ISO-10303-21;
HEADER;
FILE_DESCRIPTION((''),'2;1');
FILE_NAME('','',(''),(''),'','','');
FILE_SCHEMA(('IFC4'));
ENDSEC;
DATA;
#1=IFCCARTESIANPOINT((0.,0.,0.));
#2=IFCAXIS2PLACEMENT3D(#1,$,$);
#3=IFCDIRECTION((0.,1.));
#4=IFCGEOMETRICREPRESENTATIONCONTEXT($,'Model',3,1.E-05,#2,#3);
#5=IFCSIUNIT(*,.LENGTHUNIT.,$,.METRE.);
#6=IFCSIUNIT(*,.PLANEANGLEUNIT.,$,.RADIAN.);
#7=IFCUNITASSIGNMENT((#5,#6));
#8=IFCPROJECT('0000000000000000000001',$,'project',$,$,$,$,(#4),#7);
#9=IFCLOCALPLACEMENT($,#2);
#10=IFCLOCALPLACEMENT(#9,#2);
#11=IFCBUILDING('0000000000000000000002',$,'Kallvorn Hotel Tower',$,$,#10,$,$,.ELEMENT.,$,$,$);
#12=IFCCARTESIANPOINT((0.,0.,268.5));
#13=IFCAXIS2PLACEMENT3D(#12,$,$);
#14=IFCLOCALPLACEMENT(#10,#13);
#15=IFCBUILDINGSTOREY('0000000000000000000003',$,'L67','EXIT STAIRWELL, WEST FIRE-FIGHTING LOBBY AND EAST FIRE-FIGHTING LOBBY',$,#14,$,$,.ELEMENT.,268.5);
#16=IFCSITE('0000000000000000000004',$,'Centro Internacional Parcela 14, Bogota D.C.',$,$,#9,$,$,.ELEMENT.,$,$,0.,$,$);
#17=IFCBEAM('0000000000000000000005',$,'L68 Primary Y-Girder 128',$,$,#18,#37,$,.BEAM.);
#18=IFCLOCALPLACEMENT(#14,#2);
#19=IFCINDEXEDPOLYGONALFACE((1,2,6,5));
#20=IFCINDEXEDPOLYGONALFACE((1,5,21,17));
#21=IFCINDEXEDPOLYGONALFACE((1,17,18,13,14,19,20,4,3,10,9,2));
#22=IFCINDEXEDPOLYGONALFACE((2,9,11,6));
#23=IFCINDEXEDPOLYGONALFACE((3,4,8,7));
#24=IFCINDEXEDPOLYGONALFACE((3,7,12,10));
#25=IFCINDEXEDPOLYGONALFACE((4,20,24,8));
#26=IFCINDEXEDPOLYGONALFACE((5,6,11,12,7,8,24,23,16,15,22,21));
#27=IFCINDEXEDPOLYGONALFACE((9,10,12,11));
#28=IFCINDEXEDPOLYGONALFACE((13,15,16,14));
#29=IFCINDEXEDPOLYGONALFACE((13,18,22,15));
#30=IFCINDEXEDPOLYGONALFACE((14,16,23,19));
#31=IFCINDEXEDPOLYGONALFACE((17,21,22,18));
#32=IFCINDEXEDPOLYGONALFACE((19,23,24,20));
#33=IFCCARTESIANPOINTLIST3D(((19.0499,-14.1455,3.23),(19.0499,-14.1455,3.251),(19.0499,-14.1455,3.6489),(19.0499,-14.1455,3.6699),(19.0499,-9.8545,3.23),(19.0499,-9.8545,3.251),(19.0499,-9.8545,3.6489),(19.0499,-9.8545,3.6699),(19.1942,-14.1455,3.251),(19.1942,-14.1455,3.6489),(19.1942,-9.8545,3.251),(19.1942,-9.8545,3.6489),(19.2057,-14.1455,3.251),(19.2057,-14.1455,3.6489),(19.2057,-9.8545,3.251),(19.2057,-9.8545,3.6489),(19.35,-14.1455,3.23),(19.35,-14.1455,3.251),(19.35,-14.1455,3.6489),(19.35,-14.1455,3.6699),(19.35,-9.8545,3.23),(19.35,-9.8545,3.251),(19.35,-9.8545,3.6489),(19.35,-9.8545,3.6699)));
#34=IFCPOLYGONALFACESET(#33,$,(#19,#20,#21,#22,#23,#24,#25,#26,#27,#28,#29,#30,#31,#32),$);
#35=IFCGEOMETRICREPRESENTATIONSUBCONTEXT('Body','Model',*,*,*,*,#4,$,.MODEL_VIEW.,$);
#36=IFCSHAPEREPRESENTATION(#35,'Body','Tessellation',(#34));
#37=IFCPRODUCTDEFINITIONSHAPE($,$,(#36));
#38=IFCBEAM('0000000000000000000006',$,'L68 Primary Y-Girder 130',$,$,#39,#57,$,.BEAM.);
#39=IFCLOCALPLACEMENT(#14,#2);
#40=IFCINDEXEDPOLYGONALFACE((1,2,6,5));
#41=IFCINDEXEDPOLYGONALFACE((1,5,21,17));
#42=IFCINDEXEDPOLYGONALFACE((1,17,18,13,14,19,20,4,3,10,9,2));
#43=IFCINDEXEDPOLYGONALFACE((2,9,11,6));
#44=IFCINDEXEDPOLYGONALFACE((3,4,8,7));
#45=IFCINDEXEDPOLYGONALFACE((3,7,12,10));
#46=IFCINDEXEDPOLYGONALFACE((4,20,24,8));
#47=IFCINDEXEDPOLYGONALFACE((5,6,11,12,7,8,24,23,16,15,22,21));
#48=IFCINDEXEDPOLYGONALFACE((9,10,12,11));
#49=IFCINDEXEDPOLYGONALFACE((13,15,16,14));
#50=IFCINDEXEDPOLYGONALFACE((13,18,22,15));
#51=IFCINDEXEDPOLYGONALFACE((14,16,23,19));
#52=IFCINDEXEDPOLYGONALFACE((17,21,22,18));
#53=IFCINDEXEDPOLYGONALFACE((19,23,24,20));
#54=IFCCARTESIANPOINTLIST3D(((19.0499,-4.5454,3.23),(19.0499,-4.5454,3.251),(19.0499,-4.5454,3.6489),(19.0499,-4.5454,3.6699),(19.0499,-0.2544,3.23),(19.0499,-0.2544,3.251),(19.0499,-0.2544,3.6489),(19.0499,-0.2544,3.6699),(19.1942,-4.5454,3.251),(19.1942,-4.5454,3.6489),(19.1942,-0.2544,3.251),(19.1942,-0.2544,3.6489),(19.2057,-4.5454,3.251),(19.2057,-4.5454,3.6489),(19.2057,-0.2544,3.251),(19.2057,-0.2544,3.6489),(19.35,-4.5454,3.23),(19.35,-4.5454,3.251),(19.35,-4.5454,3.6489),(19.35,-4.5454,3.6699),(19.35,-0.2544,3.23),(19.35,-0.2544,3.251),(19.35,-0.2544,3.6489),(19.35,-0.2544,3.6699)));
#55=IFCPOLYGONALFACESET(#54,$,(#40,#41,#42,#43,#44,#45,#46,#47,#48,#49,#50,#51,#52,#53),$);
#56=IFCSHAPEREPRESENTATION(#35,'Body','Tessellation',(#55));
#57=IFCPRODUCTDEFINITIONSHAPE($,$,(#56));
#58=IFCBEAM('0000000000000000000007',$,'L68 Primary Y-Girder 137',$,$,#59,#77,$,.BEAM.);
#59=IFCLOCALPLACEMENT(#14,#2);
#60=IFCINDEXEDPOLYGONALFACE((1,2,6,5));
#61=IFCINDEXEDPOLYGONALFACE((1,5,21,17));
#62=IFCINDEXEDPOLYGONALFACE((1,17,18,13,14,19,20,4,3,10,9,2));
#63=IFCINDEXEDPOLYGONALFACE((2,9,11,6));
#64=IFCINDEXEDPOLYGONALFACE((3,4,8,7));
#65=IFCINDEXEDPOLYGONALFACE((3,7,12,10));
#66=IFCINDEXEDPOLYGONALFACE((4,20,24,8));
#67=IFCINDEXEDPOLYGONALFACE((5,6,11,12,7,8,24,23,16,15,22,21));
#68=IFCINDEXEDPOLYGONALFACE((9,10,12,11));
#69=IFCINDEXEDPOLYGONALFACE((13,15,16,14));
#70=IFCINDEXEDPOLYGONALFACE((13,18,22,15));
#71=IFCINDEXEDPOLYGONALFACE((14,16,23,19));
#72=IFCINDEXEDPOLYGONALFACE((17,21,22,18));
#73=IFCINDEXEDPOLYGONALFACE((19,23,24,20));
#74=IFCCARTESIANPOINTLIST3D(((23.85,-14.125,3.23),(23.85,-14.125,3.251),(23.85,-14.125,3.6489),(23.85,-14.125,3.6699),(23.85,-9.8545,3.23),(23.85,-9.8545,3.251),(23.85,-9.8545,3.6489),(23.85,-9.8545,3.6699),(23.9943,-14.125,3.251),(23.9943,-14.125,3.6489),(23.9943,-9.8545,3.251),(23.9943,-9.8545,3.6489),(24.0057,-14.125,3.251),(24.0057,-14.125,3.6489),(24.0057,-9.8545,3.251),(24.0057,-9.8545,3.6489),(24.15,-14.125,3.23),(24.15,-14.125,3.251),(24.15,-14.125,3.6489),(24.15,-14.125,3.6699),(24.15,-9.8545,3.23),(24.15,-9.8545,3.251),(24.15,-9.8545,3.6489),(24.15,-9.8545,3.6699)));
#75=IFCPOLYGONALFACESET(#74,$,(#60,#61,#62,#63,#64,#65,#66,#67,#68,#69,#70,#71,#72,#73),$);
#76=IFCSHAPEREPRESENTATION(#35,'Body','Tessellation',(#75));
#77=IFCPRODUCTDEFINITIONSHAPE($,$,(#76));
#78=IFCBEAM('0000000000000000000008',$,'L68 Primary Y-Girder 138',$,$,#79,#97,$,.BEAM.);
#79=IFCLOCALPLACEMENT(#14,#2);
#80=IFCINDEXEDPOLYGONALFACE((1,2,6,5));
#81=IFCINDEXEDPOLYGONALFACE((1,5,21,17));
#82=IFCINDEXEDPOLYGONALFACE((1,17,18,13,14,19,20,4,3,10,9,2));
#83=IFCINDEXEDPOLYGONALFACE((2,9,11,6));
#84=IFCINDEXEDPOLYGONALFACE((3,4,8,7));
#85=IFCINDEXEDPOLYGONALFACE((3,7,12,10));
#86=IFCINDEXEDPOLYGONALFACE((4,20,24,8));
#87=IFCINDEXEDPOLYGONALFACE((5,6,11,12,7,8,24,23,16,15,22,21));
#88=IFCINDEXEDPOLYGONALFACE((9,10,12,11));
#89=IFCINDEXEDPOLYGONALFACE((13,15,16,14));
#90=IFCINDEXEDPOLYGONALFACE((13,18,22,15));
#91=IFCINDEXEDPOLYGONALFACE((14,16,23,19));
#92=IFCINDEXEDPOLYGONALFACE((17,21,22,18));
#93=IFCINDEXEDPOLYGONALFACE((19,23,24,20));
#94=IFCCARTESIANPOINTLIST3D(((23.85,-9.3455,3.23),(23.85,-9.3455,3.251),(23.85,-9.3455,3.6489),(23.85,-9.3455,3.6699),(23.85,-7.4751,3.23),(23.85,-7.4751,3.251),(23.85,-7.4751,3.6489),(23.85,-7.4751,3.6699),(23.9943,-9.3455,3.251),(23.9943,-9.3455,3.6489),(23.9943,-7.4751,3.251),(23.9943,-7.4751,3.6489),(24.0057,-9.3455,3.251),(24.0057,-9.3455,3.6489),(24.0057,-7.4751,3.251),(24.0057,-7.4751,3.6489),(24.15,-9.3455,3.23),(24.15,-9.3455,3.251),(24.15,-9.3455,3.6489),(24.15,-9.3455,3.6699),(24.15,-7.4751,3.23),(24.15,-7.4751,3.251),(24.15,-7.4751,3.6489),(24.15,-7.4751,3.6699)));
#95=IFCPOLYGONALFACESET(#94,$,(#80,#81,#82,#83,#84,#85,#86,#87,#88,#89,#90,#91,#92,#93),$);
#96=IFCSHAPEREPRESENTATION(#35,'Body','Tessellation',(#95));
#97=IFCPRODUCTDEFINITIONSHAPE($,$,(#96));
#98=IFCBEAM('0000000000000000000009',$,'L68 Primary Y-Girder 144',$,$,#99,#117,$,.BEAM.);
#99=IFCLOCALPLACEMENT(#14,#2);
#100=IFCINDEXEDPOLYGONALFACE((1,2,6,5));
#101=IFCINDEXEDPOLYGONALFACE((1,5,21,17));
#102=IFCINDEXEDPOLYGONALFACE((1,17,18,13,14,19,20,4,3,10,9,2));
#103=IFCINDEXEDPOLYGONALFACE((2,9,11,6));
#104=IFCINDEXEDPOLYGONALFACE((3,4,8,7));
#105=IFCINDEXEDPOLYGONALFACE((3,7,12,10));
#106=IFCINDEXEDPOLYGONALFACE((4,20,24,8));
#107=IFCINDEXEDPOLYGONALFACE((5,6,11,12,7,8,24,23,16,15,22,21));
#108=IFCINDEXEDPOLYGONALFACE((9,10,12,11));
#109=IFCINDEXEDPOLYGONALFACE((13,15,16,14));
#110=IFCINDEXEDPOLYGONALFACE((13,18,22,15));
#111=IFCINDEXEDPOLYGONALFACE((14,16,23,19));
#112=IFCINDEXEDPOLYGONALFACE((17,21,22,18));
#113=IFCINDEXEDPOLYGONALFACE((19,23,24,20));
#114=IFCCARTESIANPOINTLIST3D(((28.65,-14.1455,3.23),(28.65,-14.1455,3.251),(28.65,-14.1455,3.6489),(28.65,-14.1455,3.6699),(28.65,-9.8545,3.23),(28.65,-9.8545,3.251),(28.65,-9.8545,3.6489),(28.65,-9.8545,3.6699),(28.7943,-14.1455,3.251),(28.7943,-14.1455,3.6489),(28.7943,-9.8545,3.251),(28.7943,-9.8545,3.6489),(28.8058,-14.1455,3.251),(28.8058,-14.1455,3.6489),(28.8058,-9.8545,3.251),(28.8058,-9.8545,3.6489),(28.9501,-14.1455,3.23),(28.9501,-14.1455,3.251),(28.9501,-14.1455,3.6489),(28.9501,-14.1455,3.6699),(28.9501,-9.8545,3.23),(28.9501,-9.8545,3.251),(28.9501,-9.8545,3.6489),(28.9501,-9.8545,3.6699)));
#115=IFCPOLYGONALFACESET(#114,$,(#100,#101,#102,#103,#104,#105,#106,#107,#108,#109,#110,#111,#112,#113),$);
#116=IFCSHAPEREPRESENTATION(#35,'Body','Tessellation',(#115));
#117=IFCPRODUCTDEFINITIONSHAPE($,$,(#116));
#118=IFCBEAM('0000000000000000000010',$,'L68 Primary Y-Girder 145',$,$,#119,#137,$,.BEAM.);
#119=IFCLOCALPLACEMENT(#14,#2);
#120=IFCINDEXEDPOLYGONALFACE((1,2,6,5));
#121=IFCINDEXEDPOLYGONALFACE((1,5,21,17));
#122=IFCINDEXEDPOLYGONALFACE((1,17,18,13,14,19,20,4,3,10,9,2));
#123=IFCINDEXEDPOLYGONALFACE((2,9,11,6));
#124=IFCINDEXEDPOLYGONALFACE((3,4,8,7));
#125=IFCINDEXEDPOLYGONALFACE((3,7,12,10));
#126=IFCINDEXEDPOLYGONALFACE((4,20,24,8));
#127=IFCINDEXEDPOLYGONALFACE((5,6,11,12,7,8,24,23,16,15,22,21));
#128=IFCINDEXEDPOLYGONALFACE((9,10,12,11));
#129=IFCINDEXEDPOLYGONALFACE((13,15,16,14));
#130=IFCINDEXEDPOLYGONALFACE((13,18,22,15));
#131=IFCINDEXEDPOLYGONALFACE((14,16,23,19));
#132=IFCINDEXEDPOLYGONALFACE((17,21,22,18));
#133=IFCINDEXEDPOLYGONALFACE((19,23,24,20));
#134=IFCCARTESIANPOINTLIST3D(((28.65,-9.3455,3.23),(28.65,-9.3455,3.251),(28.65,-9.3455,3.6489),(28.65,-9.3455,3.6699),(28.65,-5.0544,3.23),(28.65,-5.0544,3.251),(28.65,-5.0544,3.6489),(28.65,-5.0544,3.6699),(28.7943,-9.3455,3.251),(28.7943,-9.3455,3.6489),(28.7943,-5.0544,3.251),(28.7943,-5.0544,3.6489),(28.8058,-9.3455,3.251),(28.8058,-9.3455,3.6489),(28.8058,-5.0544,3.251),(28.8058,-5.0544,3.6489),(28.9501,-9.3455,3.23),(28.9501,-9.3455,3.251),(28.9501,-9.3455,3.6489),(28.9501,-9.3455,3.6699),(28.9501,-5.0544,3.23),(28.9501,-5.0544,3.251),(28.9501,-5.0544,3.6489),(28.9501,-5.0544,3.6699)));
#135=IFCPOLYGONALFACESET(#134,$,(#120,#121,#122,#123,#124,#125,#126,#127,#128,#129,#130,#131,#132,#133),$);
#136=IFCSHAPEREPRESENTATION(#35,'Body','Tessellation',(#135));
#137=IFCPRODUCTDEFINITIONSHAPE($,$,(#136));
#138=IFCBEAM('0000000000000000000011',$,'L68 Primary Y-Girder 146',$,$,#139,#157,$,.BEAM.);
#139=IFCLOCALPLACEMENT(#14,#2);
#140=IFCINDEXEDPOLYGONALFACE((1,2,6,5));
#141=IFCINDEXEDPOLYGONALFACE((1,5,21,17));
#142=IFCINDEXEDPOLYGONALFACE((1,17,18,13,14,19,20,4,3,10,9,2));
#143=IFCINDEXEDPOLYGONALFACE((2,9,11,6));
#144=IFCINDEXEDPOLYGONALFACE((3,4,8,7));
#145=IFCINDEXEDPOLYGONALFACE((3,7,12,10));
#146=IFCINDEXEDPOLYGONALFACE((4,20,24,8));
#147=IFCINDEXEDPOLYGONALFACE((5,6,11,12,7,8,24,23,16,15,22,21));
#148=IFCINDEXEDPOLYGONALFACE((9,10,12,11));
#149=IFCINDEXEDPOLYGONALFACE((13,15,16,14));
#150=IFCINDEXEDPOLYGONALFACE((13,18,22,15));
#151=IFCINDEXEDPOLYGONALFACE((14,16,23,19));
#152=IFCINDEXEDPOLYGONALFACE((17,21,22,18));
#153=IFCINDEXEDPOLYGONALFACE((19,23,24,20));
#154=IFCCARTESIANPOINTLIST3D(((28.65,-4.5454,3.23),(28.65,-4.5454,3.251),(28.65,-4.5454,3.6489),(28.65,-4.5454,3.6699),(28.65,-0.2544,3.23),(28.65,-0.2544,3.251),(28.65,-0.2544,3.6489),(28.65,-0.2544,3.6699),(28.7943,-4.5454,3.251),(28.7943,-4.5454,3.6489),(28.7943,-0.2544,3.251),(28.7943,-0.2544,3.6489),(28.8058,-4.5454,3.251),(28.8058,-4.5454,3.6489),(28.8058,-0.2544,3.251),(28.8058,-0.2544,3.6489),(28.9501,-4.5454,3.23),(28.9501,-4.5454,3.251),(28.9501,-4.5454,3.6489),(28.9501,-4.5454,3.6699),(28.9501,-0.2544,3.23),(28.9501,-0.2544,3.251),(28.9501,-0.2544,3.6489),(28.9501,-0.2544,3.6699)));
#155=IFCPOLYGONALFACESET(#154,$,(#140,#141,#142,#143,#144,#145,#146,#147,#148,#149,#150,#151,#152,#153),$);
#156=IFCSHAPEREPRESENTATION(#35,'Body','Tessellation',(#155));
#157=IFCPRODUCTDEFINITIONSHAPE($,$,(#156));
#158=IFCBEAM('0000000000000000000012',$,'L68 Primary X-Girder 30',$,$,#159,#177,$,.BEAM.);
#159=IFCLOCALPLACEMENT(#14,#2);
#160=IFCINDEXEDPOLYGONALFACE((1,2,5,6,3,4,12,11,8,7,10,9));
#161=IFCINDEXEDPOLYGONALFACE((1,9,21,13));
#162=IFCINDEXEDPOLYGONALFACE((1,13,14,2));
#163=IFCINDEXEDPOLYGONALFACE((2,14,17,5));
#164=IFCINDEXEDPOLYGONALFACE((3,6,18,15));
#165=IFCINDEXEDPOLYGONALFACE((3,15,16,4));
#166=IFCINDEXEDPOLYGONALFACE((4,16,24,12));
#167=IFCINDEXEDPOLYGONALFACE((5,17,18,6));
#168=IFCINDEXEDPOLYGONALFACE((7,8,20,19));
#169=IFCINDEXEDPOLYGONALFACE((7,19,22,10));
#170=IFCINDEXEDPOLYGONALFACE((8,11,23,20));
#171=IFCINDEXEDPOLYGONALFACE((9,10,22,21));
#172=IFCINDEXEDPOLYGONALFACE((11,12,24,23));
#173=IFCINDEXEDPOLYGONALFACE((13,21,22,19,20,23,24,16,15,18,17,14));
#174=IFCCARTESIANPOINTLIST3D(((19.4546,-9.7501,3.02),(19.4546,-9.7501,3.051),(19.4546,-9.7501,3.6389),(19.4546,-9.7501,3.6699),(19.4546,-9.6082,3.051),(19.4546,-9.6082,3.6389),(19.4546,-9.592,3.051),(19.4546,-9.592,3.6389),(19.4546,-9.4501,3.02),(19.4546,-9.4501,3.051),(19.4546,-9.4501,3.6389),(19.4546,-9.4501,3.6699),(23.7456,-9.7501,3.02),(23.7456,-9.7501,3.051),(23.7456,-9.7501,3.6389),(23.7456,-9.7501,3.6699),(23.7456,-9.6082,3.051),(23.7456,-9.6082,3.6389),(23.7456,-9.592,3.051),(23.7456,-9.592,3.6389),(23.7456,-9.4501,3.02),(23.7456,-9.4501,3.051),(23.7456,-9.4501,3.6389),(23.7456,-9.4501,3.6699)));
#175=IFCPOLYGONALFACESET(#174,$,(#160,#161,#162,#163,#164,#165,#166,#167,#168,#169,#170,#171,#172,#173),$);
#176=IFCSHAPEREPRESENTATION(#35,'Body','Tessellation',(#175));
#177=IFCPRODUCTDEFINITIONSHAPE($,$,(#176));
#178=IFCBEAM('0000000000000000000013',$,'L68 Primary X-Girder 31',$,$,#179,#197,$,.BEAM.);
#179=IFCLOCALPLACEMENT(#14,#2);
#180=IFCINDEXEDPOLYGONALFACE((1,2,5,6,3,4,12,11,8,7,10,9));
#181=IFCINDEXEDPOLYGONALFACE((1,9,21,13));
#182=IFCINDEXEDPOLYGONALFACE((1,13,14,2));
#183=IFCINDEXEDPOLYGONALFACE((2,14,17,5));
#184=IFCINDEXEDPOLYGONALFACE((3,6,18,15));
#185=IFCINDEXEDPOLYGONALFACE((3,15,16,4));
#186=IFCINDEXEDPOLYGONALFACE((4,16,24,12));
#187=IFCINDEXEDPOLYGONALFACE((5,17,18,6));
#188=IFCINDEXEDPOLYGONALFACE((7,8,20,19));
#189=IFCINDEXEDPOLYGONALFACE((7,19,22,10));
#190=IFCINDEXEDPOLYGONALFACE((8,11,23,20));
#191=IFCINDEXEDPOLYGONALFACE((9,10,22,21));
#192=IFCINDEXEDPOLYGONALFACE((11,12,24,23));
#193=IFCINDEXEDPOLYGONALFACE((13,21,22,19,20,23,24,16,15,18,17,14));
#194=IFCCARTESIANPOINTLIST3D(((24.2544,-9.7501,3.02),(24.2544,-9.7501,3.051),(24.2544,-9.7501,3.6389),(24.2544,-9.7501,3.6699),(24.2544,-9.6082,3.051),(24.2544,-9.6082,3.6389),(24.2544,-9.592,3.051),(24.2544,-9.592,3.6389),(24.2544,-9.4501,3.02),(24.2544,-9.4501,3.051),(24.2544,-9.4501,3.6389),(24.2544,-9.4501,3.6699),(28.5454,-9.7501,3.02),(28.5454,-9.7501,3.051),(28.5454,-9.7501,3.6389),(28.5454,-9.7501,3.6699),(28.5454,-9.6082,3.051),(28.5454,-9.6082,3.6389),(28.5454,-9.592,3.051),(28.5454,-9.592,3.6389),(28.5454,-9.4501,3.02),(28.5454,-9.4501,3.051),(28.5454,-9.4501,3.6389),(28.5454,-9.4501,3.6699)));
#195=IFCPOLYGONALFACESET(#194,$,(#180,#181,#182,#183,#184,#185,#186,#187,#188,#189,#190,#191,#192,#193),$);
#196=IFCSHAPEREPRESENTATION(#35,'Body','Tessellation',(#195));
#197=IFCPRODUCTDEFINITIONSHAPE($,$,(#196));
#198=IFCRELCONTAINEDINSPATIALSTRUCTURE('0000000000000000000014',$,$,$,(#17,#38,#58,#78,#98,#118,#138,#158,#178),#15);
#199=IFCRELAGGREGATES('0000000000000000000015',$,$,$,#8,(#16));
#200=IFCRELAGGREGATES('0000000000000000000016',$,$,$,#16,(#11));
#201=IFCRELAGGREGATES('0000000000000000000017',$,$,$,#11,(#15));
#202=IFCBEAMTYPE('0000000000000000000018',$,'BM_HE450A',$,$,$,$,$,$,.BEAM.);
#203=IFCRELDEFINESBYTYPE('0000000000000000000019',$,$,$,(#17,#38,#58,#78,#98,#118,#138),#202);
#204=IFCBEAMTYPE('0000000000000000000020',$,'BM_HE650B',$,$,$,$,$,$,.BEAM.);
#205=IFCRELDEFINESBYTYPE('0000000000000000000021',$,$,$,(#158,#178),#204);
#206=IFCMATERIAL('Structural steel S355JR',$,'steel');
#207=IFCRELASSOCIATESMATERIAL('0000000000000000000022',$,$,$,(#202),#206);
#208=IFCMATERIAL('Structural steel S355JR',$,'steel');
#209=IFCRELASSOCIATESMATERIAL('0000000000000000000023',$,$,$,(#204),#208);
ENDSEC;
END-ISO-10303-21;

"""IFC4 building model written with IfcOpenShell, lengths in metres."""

from ifc_helpers import new_model, si_unit, direction, frame, origin, origin_2d, place, context, subcontext, project, spatial, i_section, extrude, material, material_profile, profile_set, type_object, element, save


model = new_model("IFC4")

# Units and contexts
model_context = context("Model", 3, precision=1e-05, world=origin(), true_north=direction((0.0, 1.0)))
body_context = subcontext(model_context, "Body", "Model", "MODEL_VIEW")
ifc_project = project(units=[si_unit("LENGTHUNIT", "METRE"), si_unit("PLANEANGLEUNIT", "RADIAN")], contexts=[model_context])

# Site, building, storey
site_placement = place(None, origin())
site = spatial("IfcSite", under=ifc_project, at=site_placement, Name="Centro Internacional Parcela 14, Bogota D.C.", CompositionType="ELEMENT", RefElevation=0.0)
building_placement = place(site_placement, origin())
building = spatial("IfcBuilding", under=site, at=building_placement, Name="Kallvorn Hotel Tower", CompositionType="ELEMENT")
storey_placement = place(building_placement, frame((0.0, 0.0, 268.5)))
storey = spatial("IfcBuildingStorey", under=building, at=storey_placement, Name="L67", Description="EXIT STAIRWELL, WEST FIRE-FIGHTING LOBBY AND EAST FIRE-FIGHTING LOBBY", CompositionType="ELEMENT", Elevation=268.5)

# Beams
ifc_material_1 = material(Name="Structural steel S355JR", Category="steel")
ifc_material_profile_1 = material_profile(ifc_material_1, i_section(OverallWidth=0.3, OverallDepth=0.4399, WebThickness=0.0115, FlangeThickness=0.021, at=origin_2d()), Name="HE 450 A")
ifc_profile_set_1 = profile_set([ifc_material_profile_1], Name="Structural steel S355JR")
beam_type_1 = type_object("IfcBeamType", Name="BM_HE450A", PredefinedType="BEAM", material=ifc_profile_set_1)
for number, where, z_axis, x_axis, name in (
    (1, (19.2, -14.1455, 3.45), (0.0, 1.0, 0.0), (-1.0, 0.0, 0.0), "L68 Primary Y-Girder 128"),
    (2, (19.2, -4.5454, 3.45), (0.0, 1.0, 0.0), (-1.0, 0.0, 0.0), "L68 Primary Y-Girder 130"),
):
    element("IfcBeam", number, at=place(storey_placement, frame(where, z_axis=z_axis, x_axis=x_axis)), inside=storey, type_object=beam_type_1, Name=name, PredefinedType="BEAM", context=body_context, shape_type="SweptSolid", body=[
        extrude(i_section(OverallWidth=0.3, OverallDepth=0.4399, WebThickness=0.0115, FlangeThickness=0.021, at=origin_2d()), origin(), (0.0, 0.0, 1.0), 4.291),
    ])
beam_1_placement = place(storey_placement, frame((24.0, -14.125, 3.45), z_axis=(0.0, 1.0, 0.0), x_axis=(-1.0, 0.0, 0.0)))
element("IfcBeam", 3, at=beam_1_placement, inside=storey, type_object=beam_type_1, Name="L68 Primary Y-Girder 137", PredefinedType="BEAM", context=body_context, shape_type="SweptSolid", body=[
    extrude(i_section(OverallWidth=0.3, OverallDepth=0.4399, WebThickness=0.0115, FlangeThickness=0.021, at=origin_2d()), origin(), (0.0, 0.0, 1.0), 4.2705),
])
beam_2_placement = place(storey_placement, frame((24.0, -9.3455, 3.45), z_axis=(0.0, 1.0, 0.0), x_axis=(-1.0, 0.0, 0.0)))
element("IfcBeam", 4, at=beam_2_placement, inside=storey, type_object=beam_type_1, Name="L68 Primary Y-Girder 138", PredefinedType="BEAM", context=body_context, shape_type="SweptSolid", body=[
    extrude(i_section(OverallWidth=0.3, OverallDepth=0.4399, WebThickness=0.0115, FlangeThickness=0.021, at=origin_2d()), origin(), (0.0, 0.0, 1.0), 1.8704),
])
for number, where, z_axis, x_axis, name in (
    (5, (28.8, -14.1455, 3.45), (0.0, 1.0, 0.0), (-1.0, 0.0, 0.0), "L68 Primary Y-Girder 144"),
    (6, (28.8, -9.3455, 3.45), (0.0, 1.0, 0.0), (-1.0, 0.0, 0.0), "L68 Primary Y-Girder 145"),
    (7, (28.8, -4.5454, 3.45), (0.0, 1.0, 0.0), (-1.0, 0.0, 0.0), "L68 Primary Y-Girder 146"),
):
    element("IfcBeam", number, at=place(storey_placement, frame(where, z_axis=z_axis, x_axis=x_axis)), inside=storey, type_object=beam_type_1, Name=name, PredefinedType="BEAM", context=body_context, shape_type="SweptSolid", body=[
        extrude(i_section(OverallWidth=0.3, OverallDepth=0.4399, WebThickness=0.0115, FlangeThickness=0.021, at=origin_2d()), origin(), (0.0, 0.0, 1.0), 4.291),
    ])
ifc_material_2 = material(Name="Structural steel S355JR", Category="steel")
ifc_material_profile_2 = material_profile(ifc_material_2, i_section(OverallWidth=0.3, OverallDepth=0.6499, WebThickness=0.0161, FlangeThickness=0.031, at=origin_2d()), Name="HE 650 B")
ifc_profile_set_2 = profile_set([ifc_material_profile_2], Name="Structural steel S355JR")
beam_type_2 = type_object("IfcBeamType", Name="BM_HE650B", PredefinedType="BEAM", material=ifc_profile_set_2)
for number, where, z_axis, x_axis, name in (
    (8, (19.4546, -9.6001, 3.345), (1.0, 0.0, 0.0), (0.0, 1.0, 0.0), "L68 Primary X-Girder 30"),
    (9, (24.2544, -9.6001, 3.345), (1.0, 0.0, 0.0), (0.0, 1.0, 0.0), "L68 Primary X-Girder 31"),
):
    element("IfcBeam", number, at=place(storey_placement, frame(where, z_axis=z_axis, x_axis=x_axis)), inside=storey, type_object=beam_type_2, Name=name, PredefinedType="BEAM", context=body_context, shape_type="SweptSolid", body=[
        extrude(i_section(OverallWidth=0.3, OverallDepth=0.6499, WebThickness=0.0161, FlangeThickness=0.031, at=origin_2d()), origin(), (0.0, 0.0, 1.0), 4.291),
    ])

save(model, "model.ifc")
